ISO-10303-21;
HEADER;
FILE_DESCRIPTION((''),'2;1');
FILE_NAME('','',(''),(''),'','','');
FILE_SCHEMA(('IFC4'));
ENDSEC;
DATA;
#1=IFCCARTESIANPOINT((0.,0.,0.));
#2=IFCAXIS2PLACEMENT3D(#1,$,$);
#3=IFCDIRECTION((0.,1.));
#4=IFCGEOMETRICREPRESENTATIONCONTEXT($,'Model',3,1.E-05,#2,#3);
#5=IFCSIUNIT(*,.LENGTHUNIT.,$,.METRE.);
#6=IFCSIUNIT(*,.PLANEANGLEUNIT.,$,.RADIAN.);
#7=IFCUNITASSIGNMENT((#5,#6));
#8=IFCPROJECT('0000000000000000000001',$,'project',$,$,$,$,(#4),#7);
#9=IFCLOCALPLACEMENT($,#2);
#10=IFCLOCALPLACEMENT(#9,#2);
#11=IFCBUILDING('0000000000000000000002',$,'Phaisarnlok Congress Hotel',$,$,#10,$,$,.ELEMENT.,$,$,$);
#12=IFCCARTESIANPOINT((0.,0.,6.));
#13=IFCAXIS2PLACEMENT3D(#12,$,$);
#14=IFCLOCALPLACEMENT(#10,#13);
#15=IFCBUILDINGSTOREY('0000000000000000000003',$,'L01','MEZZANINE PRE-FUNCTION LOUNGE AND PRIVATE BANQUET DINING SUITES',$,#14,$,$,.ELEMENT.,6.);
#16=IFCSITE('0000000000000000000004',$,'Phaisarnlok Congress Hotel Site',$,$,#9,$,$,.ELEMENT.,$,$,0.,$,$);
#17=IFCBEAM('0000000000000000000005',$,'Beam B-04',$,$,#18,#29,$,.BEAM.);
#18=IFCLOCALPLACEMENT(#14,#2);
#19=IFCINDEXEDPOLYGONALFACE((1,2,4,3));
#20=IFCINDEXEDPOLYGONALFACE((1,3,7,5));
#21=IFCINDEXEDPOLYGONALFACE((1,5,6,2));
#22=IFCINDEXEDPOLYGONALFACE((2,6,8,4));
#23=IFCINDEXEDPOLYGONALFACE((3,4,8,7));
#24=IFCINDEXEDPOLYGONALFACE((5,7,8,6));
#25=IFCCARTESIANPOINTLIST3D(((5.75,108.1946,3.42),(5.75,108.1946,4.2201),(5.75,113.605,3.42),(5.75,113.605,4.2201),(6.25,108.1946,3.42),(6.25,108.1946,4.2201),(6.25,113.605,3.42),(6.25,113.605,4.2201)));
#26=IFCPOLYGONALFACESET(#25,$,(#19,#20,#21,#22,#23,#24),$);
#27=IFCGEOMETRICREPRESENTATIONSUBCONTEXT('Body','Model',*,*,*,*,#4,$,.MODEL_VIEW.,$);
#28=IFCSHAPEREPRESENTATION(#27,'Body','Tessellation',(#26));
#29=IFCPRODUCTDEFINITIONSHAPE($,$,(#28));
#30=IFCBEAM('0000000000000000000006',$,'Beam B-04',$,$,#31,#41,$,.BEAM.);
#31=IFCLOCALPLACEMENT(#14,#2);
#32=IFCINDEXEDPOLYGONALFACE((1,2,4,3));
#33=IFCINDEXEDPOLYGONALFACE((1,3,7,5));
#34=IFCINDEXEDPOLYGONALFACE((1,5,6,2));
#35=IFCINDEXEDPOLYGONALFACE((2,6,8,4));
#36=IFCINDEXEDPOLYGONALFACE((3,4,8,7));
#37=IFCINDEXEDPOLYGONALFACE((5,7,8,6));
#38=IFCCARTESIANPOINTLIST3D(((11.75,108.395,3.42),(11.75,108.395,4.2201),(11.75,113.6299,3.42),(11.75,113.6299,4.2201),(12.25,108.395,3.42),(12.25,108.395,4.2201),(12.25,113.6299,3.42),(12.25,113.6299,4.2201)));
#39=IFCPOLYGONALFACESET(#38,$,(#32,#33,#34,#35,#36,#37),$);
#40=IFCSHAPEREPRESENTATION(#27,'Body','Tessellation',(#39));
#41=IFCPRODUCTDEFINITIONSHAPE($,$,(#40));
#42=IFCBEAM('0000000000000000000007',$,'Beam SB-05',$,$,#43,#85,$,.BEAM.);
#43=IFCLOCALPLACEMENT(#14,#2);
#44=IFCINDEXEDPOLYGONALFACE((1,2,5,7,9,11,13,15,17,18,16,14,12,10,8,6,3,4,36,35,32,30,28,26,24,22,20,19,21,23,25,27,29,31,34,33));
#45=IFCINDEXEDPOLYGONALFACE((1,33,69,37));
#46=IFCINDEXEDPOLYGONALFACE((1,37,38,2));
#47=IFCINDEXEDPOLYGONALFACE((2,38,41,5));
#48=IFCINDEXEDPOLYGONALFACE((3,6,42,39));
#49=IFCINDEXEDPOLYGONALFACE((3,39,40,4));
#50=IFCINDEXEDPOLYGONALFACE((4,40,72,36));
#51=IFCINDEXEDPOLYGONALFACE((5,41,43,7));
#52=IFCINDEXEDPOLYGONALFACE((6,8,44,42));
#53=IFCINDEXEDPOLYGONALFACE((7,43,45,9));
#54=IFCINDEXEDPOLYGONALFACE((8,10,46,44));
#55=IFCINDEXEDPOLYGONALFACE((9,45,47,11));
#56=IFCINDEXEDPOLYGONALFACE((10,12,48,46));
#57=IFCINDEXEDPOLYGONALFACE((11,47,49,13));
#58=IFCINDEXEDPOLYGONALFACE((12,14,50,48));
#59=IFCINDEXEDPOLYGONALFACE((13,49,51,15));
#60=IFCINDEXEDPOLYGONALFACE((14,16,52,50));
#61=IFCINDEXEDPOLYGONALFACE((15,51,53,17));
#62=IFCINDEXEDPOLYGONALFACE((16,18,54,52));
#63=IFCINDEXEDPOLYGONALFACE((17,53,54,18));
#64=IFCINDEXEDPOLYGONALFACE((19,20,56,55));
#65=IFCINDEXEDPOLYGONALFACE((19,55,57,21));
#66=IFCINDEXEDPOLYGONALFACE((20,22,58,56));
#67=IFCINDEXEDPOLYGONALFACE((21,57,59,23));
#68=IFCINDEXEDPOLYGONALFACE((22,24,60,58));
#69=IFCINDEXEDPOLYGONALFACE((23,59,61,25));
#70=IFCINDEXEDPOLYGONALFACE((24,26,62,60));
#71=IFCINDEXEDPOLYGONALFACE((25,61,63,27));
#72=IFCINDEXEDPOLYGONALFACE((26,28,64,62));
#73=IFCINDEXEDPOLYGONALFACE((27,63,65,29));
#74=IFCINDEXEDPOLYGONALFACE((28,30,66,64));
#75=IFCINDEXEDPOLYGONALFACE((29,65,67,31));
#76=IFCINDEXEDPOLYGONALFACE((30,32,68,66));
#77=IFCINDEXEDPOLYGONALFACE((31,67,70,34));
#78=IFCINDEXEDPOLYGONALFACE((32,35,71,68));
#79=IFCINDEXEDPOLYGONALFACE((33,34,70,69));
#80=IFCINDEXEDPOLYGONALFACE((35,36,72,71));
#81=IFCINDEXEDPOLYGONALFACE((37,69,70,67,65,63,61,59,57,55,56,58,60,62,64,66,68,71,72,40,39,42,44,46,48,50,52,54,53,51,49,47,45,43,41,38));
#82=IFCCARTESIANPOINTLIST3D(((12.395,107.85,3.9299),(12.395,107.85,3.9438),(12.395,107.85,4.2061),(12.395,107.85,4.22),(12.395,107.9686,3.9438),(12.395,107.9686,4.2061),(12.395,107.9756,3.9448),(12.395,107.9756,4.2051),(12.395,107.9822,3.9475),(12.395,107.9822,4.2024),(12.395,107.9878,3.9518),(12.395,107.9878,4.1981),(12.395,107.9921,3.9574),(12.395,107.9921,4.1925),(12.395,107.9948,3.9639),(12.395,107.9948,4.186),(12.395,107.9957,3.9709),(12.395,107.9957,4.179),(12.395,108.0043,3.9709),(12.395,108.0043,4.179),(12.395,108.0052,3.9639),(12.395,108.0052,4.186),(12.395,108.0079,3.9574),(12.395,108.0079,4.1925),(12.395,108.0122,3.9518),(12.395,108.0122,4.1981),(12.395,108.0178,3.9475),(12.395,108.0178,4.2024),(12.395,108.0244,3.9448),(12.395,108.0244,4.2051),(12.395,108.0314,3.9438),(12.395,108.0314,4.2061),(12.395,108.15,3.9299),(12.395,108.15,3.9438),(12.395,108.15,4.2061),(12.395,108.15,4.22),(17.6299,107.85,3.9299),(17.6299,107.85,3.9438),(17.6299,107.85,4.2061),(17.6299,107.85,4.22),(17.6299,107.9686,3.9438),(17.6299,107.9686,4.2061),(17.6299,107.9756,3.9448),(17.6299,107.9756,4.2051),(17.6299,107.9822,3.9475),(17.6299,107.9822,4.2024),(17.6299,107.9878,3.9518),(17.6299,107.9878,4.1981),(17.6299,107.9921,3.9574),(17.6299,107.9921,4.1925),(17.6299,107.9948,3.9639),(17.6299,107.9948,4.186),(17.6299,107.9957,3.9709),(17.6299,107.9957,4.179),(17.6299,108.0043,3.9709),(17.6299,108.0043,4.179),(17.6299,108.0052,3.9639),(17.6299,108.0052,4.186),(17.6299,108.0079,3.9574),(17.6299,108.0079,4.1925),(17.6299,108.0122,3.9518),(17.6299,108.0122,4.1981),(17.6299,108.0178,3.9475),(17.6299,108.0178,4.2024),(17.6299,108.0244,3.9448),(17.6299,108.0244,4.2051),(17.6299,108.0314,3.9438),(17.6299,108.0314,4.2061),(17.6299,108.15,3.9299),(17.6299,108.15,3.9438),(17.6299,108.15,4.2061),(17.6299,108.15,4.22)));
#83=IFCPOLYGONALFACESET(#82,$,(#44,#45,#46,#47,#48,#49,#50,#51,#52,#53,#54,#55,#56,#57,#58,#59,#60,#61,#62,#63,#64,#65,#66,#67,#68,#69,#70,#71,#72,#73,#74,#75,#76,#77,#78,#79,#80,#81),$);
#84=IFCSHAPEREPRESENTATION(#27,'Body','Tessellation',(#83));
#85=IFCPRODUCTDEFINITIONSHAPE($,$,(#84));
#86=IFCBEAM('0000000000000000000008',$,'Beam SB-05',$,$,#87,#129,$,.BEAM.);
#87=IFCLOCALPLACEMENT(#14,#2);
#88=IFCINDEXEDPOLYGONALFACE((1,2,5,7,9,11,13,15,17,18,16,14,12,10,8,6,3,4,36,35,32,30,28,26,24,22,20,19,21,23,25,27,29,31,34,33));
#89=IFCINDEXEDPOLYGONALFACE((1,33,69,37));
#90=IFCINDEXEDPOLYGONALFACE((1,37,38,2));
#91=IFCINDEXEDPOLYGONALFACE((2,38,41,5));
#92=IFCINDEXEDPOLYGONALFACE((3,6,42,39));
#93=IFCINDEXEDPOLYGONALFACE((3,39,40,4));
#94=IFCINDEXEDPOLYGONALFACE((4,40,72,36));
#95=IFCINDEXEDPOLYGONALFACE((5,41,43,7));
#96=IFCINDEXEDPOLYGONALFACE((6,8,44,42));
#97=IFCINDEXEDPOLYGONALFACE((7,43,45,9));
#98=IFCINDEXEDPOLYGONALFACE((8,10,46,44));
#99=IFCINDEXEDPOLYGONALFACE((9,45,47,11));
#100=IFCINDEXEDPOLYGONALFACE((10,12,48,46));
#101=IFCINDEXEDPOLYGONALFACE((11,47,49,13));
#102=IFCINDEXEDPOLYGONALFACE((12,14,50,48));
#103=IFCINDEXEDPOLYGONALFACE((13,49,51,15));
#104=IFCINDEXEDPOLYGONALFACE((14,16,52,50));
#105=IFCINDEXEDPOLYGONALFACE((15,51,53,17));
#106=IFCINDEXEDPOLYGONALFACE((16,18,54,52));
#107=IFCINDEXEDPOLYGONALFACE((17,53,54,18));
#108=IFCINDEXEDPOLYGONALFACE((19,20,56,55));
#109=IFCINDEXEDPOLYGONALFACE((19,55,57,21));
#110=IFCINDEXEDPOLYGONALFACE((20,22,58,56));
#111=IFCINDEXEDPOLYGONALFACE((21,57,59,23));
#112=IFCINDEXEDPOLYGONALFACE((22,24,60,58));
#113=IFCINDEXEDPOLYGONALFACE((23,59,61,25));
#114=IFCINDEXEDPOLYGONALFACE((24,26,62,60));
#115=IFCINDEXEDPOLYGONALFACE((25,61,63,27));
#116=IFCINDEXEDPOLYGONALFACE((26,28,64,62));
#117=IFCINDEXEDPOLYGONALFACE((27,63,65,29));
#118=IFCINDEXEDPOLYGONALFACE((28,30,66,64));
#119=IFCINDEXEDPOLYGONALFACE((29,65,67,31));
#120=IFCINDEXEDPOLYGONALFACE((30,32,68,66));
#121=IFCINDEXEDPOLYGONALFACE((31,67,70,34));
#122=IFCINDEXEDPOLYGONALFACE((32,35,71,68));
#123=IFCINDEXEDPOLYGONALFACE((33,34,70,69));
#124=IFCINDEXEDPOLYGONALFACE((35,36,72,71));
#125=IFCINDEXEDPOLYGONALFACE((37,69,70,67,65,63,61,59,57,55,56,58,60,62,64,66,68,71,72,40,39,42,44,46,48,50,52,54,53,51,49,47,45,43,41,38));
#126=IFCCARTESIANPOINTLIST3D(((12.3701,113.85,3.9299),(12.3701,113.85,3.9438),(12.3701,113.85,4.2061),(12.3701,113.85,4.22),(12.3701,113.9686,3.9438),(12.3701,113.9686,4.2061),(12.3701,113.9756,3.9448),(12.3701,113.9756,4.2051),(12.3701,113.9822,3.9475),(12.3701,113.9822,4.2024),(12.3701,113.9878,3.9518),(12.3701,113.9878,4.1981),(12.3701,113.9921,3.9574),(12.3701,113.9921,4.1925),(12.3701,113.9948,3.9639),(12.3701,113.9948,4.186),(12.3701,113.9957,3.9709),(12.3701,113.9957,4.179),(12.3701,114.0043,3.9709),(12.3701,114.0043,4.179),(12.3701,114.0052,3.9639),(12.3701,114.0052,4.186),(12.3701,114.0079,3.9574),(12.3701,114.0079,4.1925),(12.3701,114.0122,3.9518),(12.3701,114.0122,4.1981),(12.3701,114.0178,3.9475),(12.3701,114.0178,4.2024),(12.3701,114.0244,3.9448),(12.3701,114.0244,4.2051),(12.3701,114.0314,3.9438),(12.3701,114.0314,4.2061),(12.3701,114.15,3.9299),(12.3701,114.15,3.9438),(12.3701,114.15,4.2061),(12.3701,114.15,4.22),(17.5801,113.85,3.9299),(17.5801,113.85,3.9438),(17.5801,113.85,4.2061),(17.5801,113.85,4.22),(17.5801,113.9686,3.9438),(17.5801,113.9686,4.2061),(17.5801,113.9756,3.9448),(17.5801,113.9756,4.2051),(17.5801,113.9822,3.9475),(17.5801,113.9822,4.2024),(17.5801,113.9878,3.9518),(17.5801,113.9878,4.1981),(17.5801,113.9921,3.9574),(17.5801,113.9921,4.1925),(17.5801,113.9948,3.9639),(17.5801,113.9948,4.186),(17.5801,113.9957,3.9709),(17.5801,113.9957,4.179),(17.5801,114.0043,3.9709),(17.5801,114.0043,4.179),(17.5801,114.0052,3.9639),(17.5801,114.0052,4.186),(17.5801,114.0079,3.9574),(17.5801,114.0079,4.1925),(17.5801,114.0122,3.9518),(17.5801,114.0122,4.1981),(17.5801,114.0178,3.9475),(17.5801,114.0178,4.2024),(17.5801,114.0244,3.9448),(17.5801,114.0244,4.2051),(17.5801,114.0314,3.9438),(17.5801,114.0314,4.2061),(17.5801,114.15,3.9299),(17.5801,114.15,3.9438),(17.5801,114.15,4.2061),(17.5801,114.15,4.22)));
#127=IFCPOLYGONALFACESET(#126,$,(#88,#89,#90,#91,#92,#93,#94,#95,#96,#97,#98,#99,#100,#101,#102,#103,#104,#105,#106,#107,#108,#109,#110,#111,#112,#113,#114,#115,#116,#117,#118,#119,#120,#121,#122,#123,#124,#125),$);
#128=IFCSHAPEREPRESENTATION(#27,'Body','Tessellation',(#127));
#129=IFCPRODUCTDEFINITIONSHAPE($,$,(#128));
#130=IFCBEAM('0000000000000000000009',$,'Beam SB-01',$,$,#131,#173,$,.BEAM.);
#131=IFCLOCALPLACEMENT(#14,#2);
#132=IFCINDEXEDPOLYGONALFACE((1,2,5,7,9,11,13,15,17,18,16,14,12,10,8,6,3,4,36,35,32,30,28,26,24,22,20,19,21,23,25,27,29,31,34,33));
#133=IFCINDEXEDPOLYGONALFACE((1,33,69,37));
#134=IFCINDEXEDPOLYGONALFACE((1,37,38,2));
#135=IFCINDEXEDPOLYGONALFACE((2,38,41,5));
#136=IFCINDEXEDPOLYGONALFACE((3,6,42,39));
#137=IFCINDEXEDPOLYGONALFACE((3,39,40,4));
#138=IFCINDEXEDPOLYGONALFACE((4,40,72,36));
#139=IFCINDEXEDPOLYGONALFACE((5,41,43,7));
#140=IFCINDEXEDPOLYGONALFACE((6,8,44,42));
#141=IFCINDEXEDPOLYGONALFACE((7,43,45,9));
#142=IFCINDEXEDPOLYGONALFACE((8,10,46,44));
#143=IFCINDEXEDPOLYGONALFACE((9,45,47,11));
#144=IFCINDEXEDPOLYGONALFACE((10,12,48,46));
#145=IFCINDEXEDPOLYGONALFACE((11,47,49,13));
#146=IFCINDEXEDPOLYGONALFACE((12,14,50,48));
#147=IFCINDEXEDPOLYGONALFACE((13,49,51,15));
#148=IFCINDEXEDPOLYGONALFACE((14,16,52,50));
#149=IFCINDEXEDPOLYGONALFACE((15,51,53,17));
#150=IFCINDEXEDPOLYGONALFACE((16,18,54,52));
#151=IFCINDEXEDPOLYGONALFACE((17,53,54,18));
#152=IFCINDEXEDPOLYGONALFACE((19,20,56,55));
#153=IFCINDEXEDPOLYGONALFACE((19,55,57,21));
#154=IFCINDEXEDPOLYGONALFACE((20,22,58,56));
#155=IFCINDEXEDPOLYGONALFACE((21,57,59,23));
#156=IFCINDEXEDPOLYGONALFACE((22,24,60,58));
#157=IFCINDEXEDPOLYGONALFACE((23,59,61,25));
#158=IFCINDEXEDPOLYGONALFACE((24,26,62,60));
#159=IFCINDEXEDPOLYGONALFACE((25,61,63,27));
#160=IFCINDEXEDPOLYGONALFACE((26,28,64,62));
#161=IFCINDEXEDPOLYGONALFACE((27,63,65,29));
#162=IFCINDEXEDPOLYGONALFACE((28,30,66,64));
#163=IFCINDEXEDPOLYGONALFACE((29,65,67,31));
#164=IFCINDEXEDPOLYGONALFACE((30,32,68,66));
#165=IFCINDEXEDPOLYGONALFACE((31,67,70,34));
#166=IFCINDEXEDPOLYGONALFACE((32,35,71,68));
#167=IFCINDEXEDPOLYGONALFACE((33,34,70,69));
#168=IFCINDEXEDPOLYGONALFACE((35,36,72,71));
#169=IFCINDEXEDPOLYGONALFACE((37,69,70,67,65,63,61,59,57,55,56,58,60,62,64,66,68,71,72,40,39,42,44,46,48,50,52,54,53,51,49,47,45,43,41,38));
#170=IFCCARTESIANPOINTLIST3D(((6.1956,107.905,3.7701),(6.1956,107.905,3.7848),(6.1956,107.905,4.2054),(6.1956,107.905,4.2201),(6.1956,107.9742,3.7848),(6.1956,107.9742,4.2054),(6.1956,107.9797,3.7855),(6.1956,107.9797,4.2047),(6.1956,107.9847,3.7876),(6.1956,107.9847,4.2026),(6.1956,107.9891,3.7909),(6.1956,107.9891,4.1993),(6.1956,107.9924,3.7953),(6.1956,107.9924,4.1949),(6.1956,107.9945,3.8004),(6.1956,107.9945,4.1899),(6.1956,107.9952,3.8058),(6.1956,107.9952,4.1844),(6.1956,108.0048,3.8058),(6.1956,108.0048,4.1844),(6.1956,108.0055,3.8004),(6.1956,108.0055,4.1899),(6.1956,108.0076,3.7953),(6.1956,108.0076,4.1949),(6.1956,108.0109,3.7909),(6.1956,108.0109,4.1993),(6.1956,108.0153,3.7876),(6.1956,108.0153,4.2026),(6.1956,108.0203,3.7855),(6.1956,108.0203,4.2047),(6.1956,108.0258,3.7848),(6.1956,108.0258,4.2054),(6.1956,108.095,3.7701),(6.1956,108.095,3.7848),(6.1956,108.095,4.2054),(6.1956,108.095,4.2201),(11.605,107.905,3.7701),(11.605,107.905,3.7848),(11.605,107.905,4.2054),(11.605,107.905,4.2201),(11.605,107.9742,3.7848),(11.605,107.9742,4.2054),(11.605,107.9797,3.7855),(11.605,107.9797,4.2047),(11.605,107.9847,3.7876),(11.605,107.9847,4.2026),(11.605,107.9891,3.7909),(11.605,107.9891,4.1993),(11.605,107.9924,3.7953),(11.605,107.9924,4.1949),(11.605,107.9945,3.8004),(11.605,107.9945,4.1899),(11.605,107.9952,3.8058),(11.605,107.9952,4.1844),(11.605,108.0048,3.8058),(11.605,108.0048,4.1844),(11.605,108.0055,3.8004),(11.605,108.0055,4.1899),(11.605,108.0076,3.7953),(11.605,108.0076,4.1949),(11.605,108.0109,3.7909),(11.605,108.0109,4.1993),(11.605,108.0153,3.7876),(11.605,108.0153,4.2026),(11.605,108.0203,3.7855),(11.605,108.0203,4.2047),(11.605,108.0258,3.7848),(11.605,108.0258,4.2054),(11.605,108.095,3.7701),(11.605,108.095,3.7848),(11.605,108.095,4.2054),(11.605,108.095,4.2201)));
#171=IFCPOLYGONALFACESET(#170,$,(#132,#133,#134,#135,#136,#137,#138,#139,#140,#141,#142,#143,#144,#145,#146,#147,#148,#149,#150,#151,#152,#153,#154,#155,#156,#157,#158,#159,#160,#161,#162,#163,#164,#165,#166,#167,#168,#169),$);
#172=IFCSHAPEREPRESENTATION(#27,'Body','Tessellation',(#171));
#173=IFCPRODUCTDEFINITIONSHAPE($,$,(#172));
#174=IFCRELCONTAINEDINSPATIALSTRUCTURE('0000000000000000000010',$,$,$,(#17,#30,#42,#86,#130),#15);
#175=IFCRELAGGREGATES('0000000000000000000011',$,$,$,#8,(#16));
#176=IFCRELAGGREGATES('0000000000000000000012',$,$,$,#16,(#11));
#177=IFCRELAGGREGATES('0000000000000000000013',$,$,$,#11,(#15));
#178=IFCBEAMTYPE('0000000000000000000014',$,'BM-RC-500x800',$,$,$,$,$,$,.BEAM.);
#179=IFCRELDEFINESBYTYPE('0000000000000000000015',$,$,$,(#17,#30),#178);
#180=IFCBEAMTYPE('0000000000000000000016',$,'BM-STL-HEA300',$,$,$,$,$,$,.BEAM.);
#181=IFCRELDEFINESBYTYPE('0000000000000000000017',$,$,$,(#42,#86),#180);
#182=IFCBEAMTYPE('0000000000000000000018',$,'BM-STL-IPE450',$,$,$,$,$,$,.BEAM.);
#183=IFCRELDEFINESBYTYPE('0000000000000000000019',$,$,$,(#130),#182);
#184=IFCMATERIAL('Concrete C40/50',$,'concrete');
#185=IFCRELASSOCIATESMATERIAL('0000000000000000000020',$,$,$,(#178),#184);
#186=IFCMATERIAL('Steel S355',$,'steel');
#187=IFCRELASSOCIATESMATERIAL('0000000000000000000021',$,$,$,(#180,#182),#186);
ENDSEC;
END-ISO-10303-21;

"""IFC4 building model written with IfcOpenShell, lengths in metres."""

from ifc_helpers import new_model, si_unit, direction, frame, origin, origin_2d, place, context, subcontext, project, spatial, rectangle, i_section, extrude, material, material_profile, profile_set, type_object, element, save


model = new_model("IFC4")

# Units and contexts
model_context = context("Model", 3, precision=1e-05, world=origin(), true_north=direction((0.0, 1.0)))
body_context = subcontext(model_context, "Body", "Model", "MODEL_VIEW")
ifc_project = project(units=[si_unit("LENGTHUNIT", "METRE"), si_unit("PLANEANGLEUNIT", "RADIAN")], contexts=[model_context])

# Site, building, storey
site_placement = place(None, origin())
site = spatial("IfcSite", under=ifc_project, at=site_placement, Name="Phaisarnlok Congress Hotel Site", CompositionType="ELEMENT", RefElevation=0.0)
building_placement = place(site_placement, origin())
building = spatial("IfcBuilding", under=site, at=building_placement, Name="Phaisarnlok Congress Hotel", CompositionType="ELEMENT")
storey_placement = place(building_placement, frame((0.0, 0.0, 6.0)))
storey = spatial("IfcBuildingStorey", under=building, at=storey_placement, Name="L01", Description="MEZZANINE PRE-FUNCTION LOUNGE AND PRIVATE BANQUET DINING SUITES", CompositionType="ELEMENT", Elevation=6.0)

# Shared definitions
ifc_material_1 = material(Name="Steel S355", Category="steel")

# Beams
ifc_material_2 = material(Name="Concrete C40/50", Category="concrete")
ifc_material_profile_1 = material_profile(ifc_material_2, rectangle(XDim=0.5, YDim=0.8, at=origin_2d()), Name="RC 500x800")
ifc_profile_set_1 = profile_set([ifc_material_profile_1], Name="Concrete C40/50")
beam_type_1 = type_object("IfcBeamType", Name="BM-RC-500x800", PredefinedType="BEAM", material=ifc_profile_set_1)
beam_1_placement = place(storey_placement, frame((6.0, 108.1946, 3.8201), z_axis=(0.0, 1.0, 0.0), x_axis=(-1.0, 0.0, 0.0)))
element("IfcBeam", 1, at=beam_1_placement, inside=storey, type_object=beam_type_1, Name="Beam B-04", PredefinedType="BEAM", context=body_context, shape_type="SweptSolid", body=[
    extrude(rectangle(XDim=0.5, YDim=0.8, at=origin_2d()), origin(), (0.0, 0.0, 1.0), 5.4104),
])
beam_2_placement = place(storey_placement, frame((12.0, 108.395, 3.8201), z_axis=(0.0, 1.0, 0.0), x_axis=(-1.0, 0.0, 0.0)))
element("IfcBeam", 2, at=beam_2_placement, inside=storey, type_object=beam_type_1, Name="Beam B-04", PredefinedType="BEAM", context=body_context, shape_type="SweptSolid", body=[
    extrude(rectangle(XDim=0.5, YDim=0.8, at=origin_2d()), origin(), (0.0, 0.0, 1.0), 5.2349),
])
ifc_material_profile_2 = material_profile(ifc_material_1, i_section(OverallWidth=0.3, OverallDepth=0.29, WebThickness=0.0085, FlangeThickness=0.0139, FilletRadius=0.0271, at=origin_2d()), Name="HEA 300")
ifc_profile_set_2 = profile_set([ifc_material_profile_2], Name="Steel S355")
beam_type_2 = type_object("IfcBeamType", Name="BM-STL-HEA300", PredefinedType="BEAM", material=ifc_profile_set_2)
beam_3_placement = place(storey_placement, frame((12.395, 108.0, 4.075), z_axis=(1.0, 0.0, 0.0), x_axis=(0.0, 1.0, 0.0)))
element("IfcBeam", 3, at=beam_3_placement, inside=storey, type_object=beam_type_2, Name="Beam SB-05", PredefinedType="BEAM", context=body_context, shape_type="SweptSolid", body=[
    extrude(i_section(OverallWidth=0.3, OverallDepth=0.29, WebThickness=0.0085, FlangeThickness=0.0139, FilletRadius=0.0271, at=origin_2d()), origin(), (0.0, 0.0, 1.0), 5.2349),
])
beam_4_placement = place(storey_placement, frame((12.3701, 114.0, 4.075), z_axis=(1.0, 0.0, 0.0), x_axis=(0.0, 1.0, 0.0)))
element("IfcBeam", 4, at=beam_4_placement, inside=storey, type_object=beam_type_2, Name="Beam SB-05", PredefinedType="BEAM", context=body_context, shape_type="SweptSolid", body=[
    extrude(i_section(OverallWidth=0.3, OverallDepth=0.29, WebThickness=0.0085, FlangeThickness=0.0139, FilletRadius=0.0271, at=origin_2d()), origin(), (0.0, 0.0, 1.0), 5.21),
])
ifc_material_profile_3 = material_profile(ifc_material_1, i_section(OverallWidth=0.1899, OverallDepth=0.45, WebThickness=0.0095, FlangeThickness=0.0146, FilletRadius=0.021, at=origin_2d()), Name="IPE 450")
ifc_profile_set_3 = profile_set([ifc_material_profile_3], Name="Steel S355")
beam_type_3 = type_object("IfcBeamType", Name="BM-STL-IPE450", PredefinedType="BEAM", material=ifc_profile_set_3)
beam_5_placement = place(storey_placement, frame((6.1956, 108.0, 3.9951), z_axis=(1.0, 0.0, 0.0), x_axis=(0.0, 1.0, 0.0)))
element("IfcBeam", 5, at=beam_5_placement, inside=storey, type_object=beam_type_3, Name="Beam SB-01", PredefinedType="BEAM", context=body_context, shape_type="SweptSolid", body=[
    extrude(i_section(OverallWidth=0.1899, OverallDepth=0.45, WebThickness=0.0095, FlangeThickness=0.0146, FilletRadius=0.021, at=origin_2d()), origin(), (0.0, 0.0, 1.0), 5.4094),
])

save(model, "model.ifc")
